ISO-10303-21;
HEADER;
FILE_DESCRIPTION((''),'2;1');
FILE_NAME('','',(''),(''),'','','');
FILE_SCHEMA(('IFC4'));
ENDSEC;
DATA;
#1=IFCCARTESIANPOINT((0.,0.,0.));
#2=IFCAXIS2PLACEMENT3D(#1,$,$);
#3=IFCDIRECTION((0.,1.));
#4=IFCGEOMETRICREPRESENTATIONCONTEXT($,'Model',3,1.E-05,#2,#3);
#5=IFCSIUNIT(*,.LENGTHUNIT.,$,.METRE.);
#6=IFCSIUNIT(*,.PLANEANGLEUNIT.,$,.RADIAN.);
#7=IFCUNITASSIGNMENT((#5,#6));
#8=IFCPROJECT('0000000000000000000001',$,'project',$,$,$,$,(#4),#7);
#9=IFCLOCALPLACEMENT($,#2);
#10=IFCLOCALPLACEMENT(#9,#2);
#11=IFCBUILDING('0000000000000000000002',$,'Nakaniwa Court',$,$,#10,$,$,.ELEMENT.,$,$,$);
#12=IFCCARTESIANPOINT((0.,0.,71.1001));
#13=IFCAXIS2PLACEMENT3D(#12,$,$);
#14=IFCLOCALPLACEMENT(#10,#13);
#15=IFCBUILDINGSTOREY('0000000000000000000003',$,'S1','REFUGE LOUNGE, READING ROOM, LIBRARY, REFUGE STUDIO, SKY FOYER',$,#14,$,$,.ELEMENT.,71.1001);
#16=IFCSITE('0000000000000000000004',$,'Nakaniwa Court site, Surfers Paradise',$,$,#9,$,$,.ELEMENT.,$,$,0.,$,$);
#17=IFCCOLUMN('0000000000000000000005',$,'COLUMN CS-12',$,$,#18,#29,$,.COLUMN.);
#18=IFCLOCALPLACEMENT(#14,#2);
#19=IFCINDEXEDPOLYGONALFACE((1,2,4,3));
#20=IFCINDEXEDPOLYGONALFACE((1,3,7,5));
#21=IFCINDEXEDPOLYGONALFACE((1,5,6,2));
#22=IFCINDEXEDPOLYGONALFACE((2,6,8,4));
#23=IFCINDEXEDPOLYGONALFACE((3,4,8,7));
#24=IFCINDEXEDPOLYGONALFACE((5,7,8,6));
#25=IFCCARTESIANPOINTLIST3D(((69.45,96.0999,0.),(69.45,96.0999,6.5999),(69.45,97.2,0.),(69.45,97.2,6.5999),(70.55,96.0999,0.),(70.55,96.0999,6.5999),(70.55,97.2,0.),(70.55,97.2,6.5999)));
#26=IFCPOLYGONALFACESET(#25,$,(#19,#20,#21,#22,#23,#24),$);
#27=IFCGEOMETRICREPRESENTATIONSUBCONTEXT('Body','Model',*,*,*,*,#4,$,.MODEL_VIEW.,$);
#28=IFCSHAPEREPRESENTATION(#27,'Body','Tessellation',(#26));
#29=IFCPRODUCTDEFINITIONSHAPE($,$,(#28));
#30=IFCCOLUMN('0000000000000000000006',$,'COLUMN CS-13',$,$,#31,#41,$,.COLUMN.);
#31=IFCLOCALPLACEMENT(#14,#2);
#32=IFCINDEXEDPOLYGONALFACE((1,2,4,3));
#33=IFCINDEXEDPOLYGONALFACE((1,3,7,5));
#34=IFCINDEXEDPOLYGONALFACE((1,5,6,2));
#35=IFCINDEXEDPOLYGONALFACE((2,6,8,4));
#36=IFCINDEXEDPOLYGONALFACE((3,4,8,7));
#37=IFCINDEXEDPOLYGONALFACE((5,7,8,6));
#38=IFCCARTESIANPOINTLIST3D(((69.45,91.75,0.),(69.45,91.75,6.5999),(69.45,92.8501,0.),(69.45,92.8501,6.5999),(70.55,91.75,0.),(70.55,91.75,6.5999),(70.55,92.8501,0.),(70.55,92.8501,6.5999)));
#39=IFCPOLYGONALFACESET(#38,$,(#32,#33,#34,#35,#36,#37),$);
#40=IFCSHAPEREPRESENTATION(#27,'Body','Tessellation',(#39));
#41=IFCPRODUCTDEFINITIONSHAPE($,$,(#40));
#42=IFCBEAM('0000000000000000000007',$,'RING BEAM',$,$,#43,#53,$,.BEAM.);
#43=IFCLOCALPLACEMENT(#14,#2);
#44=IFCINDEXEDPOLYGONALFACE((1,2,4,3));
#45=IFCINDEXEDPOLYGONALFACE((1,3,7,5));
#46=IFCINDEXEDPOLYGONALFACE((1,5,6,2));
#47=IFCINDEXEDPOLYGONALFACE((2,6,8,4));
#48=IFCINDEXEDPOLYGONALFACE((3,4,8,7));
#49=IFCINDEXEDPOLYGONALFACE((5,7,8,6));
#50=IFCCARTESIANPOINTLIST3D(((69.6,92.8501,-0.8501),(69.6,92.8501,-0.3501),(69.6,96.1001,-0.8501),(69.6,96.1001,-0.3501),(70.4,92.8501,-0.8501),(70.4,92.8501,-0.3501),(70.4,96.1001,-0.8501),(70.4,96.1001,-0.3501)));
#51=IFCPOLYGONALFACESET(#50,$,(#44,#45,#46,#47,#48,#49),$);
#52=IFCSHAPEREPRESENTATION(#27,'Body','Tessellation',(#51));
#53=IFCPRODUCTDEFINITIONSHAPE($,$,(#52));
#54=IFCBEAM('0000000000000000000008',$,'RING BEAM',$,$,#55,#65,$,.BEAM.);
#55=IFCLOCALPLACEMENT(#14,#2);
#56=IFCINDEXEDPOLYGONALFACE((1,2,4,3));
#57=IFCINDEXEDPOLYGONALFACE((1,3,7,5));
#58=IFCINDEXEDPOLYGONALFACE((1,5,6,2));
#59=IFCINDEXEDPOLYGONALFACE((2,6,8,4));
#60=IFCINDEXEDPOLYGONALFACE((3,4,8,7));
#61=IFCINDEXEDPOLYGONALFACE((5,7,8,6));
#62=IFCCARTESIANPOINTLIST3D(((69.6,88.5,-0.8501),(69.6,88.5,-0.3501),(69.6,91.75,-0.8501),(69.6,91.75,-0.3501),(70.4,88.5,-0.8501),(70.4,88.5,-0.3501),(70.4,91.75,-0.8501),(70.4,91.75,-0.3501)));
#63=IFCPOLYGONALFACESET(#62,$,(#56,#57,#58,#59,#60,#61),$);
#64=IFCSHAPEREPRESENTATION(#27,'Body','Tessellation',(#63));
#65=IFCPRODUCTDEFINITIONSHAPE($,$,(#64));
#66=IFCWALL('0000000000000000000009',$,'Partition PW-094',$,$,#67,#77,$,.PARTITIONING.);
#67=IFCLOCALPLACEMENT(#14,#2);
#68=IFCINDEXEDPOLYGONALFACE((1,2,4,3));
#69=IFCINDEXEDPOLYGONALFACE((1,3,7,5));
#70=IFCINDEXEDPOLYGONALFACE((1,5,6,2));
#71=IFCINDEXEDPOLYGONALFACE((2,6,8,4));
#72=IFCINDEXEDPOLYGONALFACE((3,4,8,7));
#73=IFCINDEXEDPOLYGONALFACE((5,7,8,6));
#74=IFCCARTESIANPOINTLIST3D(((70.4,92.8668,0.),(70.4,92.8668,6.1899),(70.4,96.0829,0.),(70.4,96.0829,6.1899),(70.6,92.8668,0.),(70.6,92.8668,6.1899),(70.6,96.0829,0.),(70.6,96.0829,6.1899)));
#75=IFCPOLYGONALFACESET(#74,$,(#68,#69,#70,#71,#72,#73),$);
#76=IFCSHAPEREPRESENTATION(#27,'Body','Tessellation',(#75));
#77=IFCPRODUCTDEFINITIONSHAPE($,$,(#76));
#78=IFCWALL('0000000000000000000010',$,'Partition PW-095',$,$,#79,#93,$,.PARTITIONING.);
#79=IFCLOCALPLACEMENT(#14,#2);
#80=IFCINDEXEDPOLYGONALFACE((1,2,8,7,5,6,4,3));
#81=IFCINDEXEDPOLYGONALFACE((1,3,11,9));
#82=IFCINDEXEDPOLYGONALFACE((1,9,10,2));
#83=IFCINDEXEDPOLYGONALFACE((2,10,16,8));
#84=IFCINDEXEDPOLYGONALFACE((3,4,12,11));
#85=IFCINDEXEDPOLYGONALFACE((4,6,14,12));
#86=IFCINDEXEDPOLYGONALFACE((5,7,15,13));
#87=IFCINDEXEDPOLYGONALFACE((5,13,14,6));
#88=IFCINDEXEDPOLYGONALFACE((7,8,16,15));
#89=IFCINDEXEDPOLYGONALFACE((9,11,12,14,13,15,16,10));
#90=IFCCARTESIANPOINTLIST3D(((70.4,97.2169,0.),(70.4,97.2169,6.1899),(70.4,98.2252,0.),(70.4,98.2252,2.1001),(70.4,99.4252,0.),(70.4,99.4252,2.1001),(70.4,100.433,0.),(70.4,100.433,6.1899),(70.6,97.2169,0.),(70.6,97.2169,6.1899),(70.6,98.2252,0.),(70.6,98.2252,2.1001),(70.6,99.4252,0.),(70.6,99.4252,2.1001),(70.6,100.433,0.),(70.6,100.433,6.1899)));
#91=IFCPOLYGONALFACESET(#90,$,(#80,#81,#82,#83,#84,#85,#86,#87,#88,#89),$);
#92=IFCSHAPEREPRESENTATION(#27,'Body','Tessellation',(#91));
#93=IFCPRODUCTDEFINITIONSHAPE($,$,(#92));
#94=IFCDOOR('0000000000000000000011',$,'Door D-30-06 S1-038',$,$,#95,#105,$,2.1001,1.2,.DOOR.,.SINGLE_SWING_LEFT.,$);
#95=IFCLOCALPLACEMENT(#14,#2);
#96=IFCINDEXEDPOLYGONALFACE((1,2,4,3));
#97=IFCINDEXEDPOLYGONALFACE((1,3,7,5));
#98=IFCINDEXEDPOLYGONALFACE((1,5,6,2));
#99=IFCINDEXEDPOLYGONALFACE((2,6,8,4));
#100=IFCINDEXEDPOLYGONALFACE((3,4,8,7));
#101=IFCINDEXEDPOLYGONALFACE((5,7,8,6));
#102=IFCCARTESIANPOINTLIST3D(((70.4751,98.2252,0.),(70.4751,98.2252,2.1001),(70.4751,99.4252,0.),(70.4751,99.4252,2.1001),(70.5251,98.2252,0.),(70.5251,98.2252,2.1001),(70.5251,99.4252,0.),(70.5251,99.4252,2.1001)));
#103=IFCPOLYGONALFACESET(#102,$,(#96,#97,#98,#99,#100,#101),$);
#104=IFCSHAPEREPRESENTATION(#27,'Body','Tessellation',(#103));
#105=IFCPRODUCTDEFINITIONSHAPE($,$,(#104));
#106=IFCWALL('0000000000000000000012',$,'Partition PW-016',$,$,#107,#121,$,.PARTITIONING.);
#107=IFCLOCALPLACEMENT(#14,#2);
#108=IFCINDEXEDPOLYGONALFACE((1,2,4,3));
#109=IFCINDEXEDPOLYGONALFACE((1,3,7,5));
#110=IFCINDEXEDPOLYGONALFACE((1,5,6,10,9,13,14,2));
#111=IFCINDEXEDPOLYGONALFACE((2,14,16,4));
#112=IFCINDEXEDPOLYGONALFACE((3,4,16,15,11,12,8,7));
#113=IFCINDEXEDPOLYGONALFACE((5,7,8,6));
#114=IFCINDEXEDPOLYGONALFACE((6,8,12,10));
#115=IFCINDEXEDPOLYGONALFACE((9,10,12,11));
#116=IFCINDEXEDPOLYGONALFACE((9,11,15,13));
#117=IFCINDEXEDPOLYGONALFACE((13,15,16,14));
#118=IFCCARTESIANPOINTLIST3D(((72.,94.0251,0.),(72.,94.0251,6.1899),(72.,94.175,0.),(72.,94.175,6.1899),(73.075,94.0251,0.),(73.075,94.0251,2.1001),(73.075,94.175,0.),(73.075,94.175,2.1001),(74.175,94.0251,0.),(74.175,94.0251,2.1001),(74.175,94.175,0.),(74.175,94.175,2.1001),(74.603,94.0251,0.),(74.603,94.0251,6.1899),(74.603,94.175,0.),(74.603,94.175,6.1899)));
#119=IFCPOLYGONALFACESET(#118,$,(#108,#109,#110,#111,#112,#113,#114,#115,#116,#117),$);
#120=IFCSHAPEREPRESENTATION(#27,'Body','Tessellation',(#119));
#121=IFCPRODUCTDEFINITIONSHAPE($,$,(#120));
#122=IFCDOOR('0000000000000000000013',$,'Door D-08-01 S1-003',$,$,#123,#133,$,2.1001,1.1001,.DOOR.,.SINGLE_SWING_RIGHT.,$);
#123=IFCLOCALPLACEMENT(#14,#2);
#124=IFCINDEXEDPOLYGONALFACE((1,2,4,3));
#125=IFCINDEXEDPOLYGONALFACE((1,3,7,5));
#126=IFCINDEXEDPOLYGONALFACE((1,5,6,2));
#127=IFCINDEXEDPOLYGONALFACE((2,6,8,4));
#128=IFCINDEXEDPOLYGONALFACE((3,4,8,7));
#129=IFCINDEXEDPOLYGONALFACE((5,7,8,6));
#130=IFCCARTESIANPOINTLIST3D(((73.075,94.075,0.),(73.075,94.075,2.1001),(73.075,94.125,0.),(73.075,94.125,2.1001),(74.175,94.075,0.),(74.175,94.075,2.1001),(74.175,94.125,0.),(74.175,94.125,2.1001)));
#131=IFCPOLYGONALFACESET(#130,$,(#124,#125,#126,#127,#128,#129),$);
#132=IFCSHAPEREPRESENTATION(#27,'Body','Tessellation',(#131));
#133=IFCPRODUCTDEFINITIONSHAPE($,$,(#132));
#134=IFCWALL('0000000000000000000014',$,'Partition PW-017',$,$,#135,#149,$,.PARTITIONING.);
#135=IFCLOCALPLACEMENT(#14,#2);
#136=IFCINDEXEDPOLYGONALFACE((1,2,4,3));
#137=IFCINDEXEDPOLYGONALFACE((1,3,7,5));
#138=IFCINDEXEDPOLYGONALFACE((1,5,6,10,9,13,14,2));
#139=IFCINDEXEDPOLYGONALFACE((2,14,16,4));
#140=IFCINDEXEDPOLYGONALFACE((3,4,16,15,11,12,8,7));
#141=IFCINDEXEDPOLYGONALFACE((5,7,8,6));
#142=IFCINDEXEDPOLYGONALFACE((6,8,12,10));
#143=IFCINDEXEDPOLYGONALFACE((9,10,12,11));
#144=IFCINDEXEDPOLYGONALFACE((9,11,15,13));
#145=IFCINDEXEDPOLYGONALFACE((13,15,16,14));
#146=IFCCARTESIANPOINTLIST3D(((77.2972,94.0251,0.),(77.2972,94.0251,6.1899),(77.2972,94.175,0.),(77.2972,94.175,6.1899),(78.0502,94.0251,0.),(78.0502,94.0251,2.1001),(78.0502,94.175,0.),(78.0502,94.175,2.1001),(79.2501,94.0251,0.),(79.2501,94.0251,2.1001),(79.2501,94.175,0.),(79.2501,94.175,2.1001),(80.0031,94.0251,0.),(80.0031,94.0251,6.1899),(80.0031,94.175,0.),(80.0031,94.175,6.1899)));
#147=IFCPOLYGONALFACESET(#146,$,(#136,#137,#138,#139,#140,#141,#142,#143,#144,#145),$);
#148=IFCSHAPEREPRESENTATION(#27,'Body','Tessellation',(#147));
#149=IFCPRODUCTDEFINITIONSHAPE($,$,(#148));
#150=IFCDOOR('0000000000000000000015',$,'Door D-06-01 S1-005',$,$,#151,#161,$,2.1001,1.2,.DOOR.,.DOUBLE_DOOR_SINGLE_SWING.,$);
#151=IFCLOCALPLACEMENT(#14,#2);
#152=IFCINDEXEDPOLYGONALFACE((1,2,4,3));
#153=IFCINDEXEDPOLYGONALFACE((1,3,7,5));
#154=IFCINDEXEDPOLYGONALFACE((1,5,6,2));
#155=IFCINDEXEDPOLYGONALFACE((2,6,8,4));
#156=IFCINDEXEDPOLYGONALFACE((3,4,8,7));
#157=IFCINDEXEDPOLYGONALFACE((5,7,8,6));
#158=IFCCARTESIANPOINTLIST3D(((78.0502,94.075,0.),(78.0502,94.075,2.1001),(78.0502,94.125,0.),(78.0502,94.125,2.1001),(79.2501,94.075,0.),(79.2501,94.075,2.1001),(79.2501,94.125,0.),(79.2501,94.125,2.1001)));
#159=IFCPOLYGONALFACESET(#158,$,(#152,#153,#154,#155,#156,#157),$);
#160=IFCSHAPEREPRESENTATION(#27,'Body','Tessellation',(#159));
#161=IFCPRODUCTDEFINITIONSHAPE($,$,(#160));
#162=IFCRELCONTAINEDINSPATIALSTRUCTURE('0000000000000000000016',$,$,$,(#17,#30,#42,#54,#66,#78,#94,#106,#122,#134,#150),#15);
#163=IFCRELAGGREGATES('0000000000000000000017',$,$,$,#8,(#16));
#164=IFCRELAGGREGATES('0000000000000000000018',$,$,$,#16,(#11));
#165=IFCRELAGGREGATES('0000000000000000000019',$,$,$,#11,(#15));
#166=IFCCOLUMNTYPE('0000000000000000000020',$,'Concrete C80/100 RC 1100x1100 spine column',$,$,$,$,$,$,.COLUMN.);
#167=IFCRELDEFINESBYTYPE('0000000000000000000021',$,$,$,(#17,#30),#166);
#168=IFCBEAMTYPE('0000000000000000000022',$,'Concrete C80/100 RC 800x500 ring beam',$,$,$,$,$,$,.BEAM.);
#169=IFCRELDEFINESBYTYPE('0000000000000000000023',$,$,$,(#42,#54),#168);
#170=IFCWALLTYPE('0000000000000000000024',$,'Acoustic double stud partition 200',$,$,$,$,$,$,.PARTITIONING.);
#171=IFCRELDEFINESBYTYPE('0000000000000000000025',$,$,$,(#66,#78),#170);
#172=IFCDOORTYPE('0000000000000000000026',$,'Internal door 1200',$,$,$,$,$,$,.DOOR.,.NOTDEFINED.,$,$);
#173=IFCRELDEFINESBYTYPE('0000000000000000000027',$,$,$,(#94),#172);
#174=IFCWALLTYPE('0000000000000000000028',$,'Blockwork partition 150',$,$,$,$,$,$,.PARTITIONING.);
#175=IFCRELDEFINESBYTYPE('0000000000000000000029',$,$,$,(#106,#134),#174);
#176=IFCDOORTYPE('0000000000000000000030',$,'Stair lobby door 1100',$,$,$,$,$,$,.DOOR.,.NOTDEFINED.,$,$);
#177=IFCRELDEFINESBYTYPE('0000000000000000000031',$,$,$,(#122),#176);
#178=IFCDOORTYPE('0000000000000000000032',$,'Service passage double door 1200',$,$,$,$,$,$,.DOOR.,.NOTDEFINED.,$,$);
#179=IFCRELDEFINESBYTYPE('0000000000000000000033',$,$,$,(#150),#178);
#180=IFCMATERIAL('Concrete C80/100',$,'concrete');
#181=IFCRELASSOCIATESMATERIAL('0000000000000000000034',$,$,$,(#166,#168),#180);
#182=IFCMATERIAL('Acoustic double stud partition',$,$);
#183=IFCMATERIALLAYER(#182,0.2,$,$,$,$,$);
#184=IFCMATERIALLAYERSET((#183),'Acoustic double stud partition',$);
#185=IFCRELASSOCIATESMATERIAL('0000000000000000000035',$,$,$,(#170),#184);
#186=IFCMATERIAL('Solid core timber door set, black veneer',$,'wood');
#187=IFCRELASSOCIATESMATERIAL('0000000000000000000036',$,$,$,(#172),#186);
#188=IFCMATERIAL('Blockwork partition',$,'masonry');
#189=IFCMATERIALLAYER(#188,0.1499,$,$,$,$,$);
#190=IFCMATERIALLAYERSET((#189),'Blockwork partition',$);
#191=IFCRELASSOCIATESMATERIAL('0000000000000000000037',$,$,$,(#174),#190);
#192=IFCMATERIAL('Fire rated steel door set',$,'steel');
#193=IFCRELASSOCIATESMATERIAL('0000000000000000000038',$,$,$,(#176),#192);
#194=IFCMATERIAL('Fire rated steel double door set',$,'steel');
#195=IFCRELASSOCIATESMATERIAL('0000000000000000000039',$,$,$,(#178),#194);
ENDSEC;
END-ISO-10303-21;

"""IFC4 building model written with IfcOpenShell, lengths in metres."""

from ifc_helpers import new_model, si_unit, direction, frame, frame_2d, origin, origin_2d, place, context, subcontext, project, spatial, rectangle, extrude, material, layer, layer_set, material_profile, profile_set, type_object, element, fill, save


model = new_model("IFC4")

# Units and contexts
model_context = context("Model", 3, precision=1e-05, world=origin(), true_north=direction((0.0, 1.0)))
body_context = subcontext(model_context, "Body", "Model", "MODEL_VIEW")
ifc_project = project(units=[si_unit("LENGTHUNIT", "METRE"), si_unit("PLANEANGLEUNIT", "RADIAN")], contexts=[model_context])

# Site, building, storey
site_placement = place(None, origin())
site = spatial("IfcSite", under=ifc_project, at=site_placement, Name="Nakaniwa Court site, Surfers Paradise", CompositionType="ELEMENT", RefElevation=0.0)
building_placement = place(site_placement, origin())
building = spatial("IfcBuilding", under=site, at=building_placement, Name="Nakaniwa Court", CompositionType="ELEMENT")
storey_placement = place(building_placement, frame((0.0, 0.0, 71.1001)))
storey = spatial("IfcBuildingStorey", under=building, at=storey_placement, Name="S1", Description="REFUGE LOUNGE, READING ROOM, LIBRARY, REFUGE STUDIO, SKY FOYER", CompositionType="ELEMENT", Elevation=71.1001)

# Columns
ifc_material_1 = material(Name="Concrete C80/100", Category="concrete")
ifc_material_profile_1 = material_profile(ifc_material_1, rectangle(XDim=1.1001, YDim=1.1001, at=origin_2d()), Name="Concrete C80/100 RC 1100x1100 spine column")
ifc_profile_set_1 = profile_set([ifc_material_profile_1], Name="Concrete C80/100")
column_type = type_object("IfcColumnType", Name="Concrete C80/100 RC 1100x1100 spine column", PredefinedType="COLUMN", material=ifc_profile_set_1)
for number, where, z_axis, x_axis, name in (
    (1, (70.0, 96.6499, 0.0), (0.0, 0.0, 1.0), (0.0, -1.0, 0.0), "COLUMN CS-12"),
    (2, (70.0, 92.3, 0.0), (0.0, 0.0, 1.0), (0.0, -1.0, 0.0), "COLUMN CS-13"),
):
    element("IfcColumn", number, at=place(storey_placement, frame(where, z_axis=z_axis, x_axis=x_axis)), inside=storey, type_object=column_type, Name=name, PredefinedType="COLUMN", context=body_context, shape_type="SweptSolid", body=[
        extrude(rectangle(XDim=1.1001, YDim=1.1001, at=origin_2d()), origin(), (0.0, 0.0, 1.0), 6.5999),
    ])

# Beams
ifc_material_profile_2 = material_profile(ifc_material_1, rectangle(XDim=0.8, YDim=0.5, at=origin_2d()), Name="Concrete C80/100 RC 800x500 ring beam")
ifc_profile_set_2 = profile_set([ifc_material_profile_2], Name="Concrete C80/100")
beam_type = type_object("IfcBeamType", Name="Concrete C80/100 RC 800x500 ring beam", PredefinedType="BEAM", material=ifc_profile_set_2)
for number, where, z_axis, x_axis, name in (
    (3, (70.0, 96.1001, -0.6001), (0.0, -1.0, 0.0), (1.0, 0.0, 0.0), "RING BEAM"),
    (4, (70.0, 91.75, -0.6001), (0.0, -1.0, 0.0), (1.0, 0.0, 0.0), "RING BEAM"),
):
    element("IfcBeam", number, at=place(storey_placement, frame(where, z_axis=z_axis, x_axis=x_axis)), inside=storey, type_object=beam_type, Name=name, PredefinedType="BEAM", context=body_context, shape_type="SweptSolid", body=[
        extrude(rectangle(XDim=0.8, YDim=0.5, at=origin_2d()), origin(), (0.0, 0.0, 1.0), 3.25),
    ])

# Wall
ifc_material_2 = material(Name="Acoustic double stud partition")
ifc_layer_1 = layer(ifc_material_2, 0.2)
ifc_layer_set_1 = layer_set([ifc_layer_1], Name="Acoustic double stud partition")
wall_type_1 = type_object("IfcWallType", Name="Acoustic double stud partition 200", PredefinedType="PARTITIONING", material=ifc_layer_set_1)
wall_1_placement = place(storey_placement, frame((70.5, 92.8669, 0.0), z_axis=(0.0, 0.0, 1.0), x_axis=(0.0, 1.0, 0.0)))
element("IfcWall", 5, at=wall_1_placement, inside=storey, type_object=wall_type_1, Name="Partition PW-094", PredefinedType="PARTITIONING", context=body_context, shape_type="SweptSolid", body=[
    extrude(rectangle(XDim=3.2161, YDim=0.2, at=frame_2d((1.6079, 0.0))), origin(), (0.0, 0.0, 1.0), 6.1899),
])

# Walls, openings, doors
wall_2_placement = place(storey_placement, frame((70.5, 97.217, 0.0), z_axis=(0.0, 0.0, 1.0), x_axis=(0.0, 1.0, 0.0)))
wall_2 = element("IfcWall", 6, at=wall_2_placement, inside=storey, type_object=wall_type_1, Name="Partition PW-095", PredefinedType="PARTITIONING", context=body_context, shape_type="SweptSolid", body=[
    extrude(rectangle(XDim=3.2161, YDim=0.2, at=frame_2d((1.6079, 0.0))), origin(), (0.0, 0.0, 1.0), 6.1899),
])
opening_1_placement = place(wall_2_placement, frame((1.0081, 0.0, 0.0)))
opening_1 = element("IfcOpeningElement", 7, at=opening_1_placement, cuts=wall_2, PredefinedType="OPENING", context=body_context, shape_type="SweptSolid", body=[
    extrude(rectangle(XDim=1.2, YDim=2.1001, at=frame_2d((0.6001, 1.05))), frame((0.0, 0.1099, 0.0), z_axis=(0.0, -1.0, 0.0), x_axis=(1.0, 0.0, 0.0)), (0.0, 0.0, 1.0), 0.22),
])
ifc_material_3 = material(Name="Solid core timber door set, black veneer", Category="wood")
door_type_1 = type_object("IfcDoorType", Name="Internal door 1200", OperationType="NOTDEFINED", PredefinedType="DOOR", material=ifc_material_3)
door_1_placement = place(opening_1_placement, origin())
door_1 = element("IfcDoor", 8, at=door_1_placement, inside=storey, type_object=door_type_1, Name="Door D-30-06 S1-038", OperationType="SINGLE_SWING_LEFT", OverallHeight=2.1001, OverallWidth=1.2, PredefinedType="DOOR", context=body_context, shape_type="SweptSolid", body=[
    extrude(rectangle(XDim=1.2, YDim=2.1001, at=frame_2d((0.6001, 1.05))), frame((0.0, 0.0249, 0.0), z_axis=(0.0, -1.0, 0.0), x_axis=(1.0, 0.0, 0.0)), (0.0, 0.0, 1.0), 0.05),
])
fill(opening_1, door_1)
ifc_material_4 = material(Name="Blockwork partition", Category="masonry")
ifc_layer_2 = layer(ifc_material_4, 0.1499)
ifc_layer_set_2 = layer_set([ifc_layer_2], Name="Blockwork partition")
wall_type_2 = type_object("IfcWallType", Name="Blockwork partition 150", PredefinedType="PARTITIONING", material=ifc_layer_set_2)
wall_3_placement = place(storey_placement, frame((72.0, 94.1001, 0.0), z_axis=(0.0, 0.0, 1.0), x_axis=(1.0, 0.0, 0.0)))
wall_3 = element("IfcWall", 9, at=wall_3_placement, inside=storey, type_object=wall_type_2, Name="Partition PW-016", PredefinedType="PARTITIONING", context=body_context, shape_type="SweptSolid", body=[
    extrude(rectangle(XDim=2.603, YDim=0.1499, at=frame_2d((1.3015, 0.0))), origin(), (0.0, 0.0, 1.0), 6.1899),
])
opening_2_placement = place(wall_3_placement, frame((1.075, 0.0, 0.0)))
opening_2 = element("IfcOpeningElement", 10, at=opening_2_placement, cuts=wall_3, PredefinedType="OPENING", context=body_context, shape_type="SweptSolid", body=[
    extrude(rectangle(XDim=1.1001, YDim=2.1001, at=frame_2d((0.55, 1.05))), frame((0.0, 0.085, 0.0), z_axis=(0.0, -1.0, 0.0), x_axis=(1.0, 0.0, 0.0)), (0.0, 0.0, 1.0), 0.1699),
])
ifc_material_5 = material(Name="Fire rated steel door set", Category="steel")
door_type_2 = type_object("IfcDoorType", Name="Stair lobby door 1100", OperationType="NOTDEFINED", PredefinedType="DOOR", material=ifc_material_5)
door_2_placement = place(opening_2_placement, origin())
door_2 = element("IfcDoor", 11, at=door_2_placement, inside=storey, type_object=door_type_2, Name="Door D-08-01 S1-003", OperationType="SINGLE_SWING_RIGHT", OverallHeight=2.1001, OverallWidth=1.1001, PredefinedType="DOOR", context=body_context, shape_type="SweptSolid", body=[
    extrude(rectangle(XDim=1.1001, YDim=2.1001, at=frame_2d((0.55, 1.05))), frame((0.0, 0.0249, 0.0), z_axis=(0.0, -1.0, 0.0), x_axis=(1.0, 0.0, 0.0)), (0.0, 0.0, 1.0), 0.05),
])
fill(opening_2, door_2)
wall_4_placement = place(storey_placement, frame((77.2971, 94.1001, 0.0), z_axis=(0.0, 0.0, 1.0), x_axis=(1.0, 0.0, 0.0)))
wall_4 = element("IfcWall", 12, at=wall_4_placement, inside=storey, type_object=wall_type_2, Name="Partition PW-017", PredefinedType="PARTITIONING", context=body_context, shape_type="SweptSolid", body=[
    extrude(rectangle(XDim=2.7058, YDim=0.1499, at=frame_2d((1.353, 0.0))), origin(), (0.0, 0.0, 1.0), 6.1899),
])
opening_3_placement = place(wall_4_placement, frame((0.7529, 0.0, 0.0)))
opening_3 = element("IfcOpeningElement", 13, at=opening_3_placement, cuts=wall_4, PredefinedType="OPENING", context=body_context, shape_type="SweptSolid", body=[
    extrude(rectangle(XDim=1.2, YDim=2.1001, at=frame_2d((0.6001, 1.05))), frame((0.0, 0.085, 0.0), z_axis=(0.0, -1.0, 0.0), x_axis=(1.0, 0.0, 0.0)), (0.0, 0.0, 1.0), 0.1699),
])
ifc_material_6 = material(Name="Fire rated steel double door set", Category="steel")
door_type_3 = type_object("IfcDoorType", Name="Service passage double door 1200", OperationType="NOTDEFINED", PredefinedType="DOOR", material=ifc_material_6)
door_3_placement = place(opening_3_placement, origin())
door_3 = element("IfcDoor", 14, at=door_3_placement, inside=storey, type_object=door_type_3, Name="Door D-06-01 S1-005", OperationType="DOUBLE_DOOR_SINGLE_SWING", OverallHeight=2.1001, OverallWidth=1.2, PredefinedType="DOOR", context=body_context, shape_type="SweptSolid", body=[
    extrude(rectangle(XDim=1.2, YDim=2.1001, at=frame_2d((0.6001, 1.05))), frame((0.0, 0.0249, 0.0), z_axis=(0.0, -1.0, 0.0), x_axis=(1.0, 0.0, 0.0)), (0.0, 0.0, 1.0), 0.05),
])
fill(opening_3, door_3)

save(model, "model.ifc")
